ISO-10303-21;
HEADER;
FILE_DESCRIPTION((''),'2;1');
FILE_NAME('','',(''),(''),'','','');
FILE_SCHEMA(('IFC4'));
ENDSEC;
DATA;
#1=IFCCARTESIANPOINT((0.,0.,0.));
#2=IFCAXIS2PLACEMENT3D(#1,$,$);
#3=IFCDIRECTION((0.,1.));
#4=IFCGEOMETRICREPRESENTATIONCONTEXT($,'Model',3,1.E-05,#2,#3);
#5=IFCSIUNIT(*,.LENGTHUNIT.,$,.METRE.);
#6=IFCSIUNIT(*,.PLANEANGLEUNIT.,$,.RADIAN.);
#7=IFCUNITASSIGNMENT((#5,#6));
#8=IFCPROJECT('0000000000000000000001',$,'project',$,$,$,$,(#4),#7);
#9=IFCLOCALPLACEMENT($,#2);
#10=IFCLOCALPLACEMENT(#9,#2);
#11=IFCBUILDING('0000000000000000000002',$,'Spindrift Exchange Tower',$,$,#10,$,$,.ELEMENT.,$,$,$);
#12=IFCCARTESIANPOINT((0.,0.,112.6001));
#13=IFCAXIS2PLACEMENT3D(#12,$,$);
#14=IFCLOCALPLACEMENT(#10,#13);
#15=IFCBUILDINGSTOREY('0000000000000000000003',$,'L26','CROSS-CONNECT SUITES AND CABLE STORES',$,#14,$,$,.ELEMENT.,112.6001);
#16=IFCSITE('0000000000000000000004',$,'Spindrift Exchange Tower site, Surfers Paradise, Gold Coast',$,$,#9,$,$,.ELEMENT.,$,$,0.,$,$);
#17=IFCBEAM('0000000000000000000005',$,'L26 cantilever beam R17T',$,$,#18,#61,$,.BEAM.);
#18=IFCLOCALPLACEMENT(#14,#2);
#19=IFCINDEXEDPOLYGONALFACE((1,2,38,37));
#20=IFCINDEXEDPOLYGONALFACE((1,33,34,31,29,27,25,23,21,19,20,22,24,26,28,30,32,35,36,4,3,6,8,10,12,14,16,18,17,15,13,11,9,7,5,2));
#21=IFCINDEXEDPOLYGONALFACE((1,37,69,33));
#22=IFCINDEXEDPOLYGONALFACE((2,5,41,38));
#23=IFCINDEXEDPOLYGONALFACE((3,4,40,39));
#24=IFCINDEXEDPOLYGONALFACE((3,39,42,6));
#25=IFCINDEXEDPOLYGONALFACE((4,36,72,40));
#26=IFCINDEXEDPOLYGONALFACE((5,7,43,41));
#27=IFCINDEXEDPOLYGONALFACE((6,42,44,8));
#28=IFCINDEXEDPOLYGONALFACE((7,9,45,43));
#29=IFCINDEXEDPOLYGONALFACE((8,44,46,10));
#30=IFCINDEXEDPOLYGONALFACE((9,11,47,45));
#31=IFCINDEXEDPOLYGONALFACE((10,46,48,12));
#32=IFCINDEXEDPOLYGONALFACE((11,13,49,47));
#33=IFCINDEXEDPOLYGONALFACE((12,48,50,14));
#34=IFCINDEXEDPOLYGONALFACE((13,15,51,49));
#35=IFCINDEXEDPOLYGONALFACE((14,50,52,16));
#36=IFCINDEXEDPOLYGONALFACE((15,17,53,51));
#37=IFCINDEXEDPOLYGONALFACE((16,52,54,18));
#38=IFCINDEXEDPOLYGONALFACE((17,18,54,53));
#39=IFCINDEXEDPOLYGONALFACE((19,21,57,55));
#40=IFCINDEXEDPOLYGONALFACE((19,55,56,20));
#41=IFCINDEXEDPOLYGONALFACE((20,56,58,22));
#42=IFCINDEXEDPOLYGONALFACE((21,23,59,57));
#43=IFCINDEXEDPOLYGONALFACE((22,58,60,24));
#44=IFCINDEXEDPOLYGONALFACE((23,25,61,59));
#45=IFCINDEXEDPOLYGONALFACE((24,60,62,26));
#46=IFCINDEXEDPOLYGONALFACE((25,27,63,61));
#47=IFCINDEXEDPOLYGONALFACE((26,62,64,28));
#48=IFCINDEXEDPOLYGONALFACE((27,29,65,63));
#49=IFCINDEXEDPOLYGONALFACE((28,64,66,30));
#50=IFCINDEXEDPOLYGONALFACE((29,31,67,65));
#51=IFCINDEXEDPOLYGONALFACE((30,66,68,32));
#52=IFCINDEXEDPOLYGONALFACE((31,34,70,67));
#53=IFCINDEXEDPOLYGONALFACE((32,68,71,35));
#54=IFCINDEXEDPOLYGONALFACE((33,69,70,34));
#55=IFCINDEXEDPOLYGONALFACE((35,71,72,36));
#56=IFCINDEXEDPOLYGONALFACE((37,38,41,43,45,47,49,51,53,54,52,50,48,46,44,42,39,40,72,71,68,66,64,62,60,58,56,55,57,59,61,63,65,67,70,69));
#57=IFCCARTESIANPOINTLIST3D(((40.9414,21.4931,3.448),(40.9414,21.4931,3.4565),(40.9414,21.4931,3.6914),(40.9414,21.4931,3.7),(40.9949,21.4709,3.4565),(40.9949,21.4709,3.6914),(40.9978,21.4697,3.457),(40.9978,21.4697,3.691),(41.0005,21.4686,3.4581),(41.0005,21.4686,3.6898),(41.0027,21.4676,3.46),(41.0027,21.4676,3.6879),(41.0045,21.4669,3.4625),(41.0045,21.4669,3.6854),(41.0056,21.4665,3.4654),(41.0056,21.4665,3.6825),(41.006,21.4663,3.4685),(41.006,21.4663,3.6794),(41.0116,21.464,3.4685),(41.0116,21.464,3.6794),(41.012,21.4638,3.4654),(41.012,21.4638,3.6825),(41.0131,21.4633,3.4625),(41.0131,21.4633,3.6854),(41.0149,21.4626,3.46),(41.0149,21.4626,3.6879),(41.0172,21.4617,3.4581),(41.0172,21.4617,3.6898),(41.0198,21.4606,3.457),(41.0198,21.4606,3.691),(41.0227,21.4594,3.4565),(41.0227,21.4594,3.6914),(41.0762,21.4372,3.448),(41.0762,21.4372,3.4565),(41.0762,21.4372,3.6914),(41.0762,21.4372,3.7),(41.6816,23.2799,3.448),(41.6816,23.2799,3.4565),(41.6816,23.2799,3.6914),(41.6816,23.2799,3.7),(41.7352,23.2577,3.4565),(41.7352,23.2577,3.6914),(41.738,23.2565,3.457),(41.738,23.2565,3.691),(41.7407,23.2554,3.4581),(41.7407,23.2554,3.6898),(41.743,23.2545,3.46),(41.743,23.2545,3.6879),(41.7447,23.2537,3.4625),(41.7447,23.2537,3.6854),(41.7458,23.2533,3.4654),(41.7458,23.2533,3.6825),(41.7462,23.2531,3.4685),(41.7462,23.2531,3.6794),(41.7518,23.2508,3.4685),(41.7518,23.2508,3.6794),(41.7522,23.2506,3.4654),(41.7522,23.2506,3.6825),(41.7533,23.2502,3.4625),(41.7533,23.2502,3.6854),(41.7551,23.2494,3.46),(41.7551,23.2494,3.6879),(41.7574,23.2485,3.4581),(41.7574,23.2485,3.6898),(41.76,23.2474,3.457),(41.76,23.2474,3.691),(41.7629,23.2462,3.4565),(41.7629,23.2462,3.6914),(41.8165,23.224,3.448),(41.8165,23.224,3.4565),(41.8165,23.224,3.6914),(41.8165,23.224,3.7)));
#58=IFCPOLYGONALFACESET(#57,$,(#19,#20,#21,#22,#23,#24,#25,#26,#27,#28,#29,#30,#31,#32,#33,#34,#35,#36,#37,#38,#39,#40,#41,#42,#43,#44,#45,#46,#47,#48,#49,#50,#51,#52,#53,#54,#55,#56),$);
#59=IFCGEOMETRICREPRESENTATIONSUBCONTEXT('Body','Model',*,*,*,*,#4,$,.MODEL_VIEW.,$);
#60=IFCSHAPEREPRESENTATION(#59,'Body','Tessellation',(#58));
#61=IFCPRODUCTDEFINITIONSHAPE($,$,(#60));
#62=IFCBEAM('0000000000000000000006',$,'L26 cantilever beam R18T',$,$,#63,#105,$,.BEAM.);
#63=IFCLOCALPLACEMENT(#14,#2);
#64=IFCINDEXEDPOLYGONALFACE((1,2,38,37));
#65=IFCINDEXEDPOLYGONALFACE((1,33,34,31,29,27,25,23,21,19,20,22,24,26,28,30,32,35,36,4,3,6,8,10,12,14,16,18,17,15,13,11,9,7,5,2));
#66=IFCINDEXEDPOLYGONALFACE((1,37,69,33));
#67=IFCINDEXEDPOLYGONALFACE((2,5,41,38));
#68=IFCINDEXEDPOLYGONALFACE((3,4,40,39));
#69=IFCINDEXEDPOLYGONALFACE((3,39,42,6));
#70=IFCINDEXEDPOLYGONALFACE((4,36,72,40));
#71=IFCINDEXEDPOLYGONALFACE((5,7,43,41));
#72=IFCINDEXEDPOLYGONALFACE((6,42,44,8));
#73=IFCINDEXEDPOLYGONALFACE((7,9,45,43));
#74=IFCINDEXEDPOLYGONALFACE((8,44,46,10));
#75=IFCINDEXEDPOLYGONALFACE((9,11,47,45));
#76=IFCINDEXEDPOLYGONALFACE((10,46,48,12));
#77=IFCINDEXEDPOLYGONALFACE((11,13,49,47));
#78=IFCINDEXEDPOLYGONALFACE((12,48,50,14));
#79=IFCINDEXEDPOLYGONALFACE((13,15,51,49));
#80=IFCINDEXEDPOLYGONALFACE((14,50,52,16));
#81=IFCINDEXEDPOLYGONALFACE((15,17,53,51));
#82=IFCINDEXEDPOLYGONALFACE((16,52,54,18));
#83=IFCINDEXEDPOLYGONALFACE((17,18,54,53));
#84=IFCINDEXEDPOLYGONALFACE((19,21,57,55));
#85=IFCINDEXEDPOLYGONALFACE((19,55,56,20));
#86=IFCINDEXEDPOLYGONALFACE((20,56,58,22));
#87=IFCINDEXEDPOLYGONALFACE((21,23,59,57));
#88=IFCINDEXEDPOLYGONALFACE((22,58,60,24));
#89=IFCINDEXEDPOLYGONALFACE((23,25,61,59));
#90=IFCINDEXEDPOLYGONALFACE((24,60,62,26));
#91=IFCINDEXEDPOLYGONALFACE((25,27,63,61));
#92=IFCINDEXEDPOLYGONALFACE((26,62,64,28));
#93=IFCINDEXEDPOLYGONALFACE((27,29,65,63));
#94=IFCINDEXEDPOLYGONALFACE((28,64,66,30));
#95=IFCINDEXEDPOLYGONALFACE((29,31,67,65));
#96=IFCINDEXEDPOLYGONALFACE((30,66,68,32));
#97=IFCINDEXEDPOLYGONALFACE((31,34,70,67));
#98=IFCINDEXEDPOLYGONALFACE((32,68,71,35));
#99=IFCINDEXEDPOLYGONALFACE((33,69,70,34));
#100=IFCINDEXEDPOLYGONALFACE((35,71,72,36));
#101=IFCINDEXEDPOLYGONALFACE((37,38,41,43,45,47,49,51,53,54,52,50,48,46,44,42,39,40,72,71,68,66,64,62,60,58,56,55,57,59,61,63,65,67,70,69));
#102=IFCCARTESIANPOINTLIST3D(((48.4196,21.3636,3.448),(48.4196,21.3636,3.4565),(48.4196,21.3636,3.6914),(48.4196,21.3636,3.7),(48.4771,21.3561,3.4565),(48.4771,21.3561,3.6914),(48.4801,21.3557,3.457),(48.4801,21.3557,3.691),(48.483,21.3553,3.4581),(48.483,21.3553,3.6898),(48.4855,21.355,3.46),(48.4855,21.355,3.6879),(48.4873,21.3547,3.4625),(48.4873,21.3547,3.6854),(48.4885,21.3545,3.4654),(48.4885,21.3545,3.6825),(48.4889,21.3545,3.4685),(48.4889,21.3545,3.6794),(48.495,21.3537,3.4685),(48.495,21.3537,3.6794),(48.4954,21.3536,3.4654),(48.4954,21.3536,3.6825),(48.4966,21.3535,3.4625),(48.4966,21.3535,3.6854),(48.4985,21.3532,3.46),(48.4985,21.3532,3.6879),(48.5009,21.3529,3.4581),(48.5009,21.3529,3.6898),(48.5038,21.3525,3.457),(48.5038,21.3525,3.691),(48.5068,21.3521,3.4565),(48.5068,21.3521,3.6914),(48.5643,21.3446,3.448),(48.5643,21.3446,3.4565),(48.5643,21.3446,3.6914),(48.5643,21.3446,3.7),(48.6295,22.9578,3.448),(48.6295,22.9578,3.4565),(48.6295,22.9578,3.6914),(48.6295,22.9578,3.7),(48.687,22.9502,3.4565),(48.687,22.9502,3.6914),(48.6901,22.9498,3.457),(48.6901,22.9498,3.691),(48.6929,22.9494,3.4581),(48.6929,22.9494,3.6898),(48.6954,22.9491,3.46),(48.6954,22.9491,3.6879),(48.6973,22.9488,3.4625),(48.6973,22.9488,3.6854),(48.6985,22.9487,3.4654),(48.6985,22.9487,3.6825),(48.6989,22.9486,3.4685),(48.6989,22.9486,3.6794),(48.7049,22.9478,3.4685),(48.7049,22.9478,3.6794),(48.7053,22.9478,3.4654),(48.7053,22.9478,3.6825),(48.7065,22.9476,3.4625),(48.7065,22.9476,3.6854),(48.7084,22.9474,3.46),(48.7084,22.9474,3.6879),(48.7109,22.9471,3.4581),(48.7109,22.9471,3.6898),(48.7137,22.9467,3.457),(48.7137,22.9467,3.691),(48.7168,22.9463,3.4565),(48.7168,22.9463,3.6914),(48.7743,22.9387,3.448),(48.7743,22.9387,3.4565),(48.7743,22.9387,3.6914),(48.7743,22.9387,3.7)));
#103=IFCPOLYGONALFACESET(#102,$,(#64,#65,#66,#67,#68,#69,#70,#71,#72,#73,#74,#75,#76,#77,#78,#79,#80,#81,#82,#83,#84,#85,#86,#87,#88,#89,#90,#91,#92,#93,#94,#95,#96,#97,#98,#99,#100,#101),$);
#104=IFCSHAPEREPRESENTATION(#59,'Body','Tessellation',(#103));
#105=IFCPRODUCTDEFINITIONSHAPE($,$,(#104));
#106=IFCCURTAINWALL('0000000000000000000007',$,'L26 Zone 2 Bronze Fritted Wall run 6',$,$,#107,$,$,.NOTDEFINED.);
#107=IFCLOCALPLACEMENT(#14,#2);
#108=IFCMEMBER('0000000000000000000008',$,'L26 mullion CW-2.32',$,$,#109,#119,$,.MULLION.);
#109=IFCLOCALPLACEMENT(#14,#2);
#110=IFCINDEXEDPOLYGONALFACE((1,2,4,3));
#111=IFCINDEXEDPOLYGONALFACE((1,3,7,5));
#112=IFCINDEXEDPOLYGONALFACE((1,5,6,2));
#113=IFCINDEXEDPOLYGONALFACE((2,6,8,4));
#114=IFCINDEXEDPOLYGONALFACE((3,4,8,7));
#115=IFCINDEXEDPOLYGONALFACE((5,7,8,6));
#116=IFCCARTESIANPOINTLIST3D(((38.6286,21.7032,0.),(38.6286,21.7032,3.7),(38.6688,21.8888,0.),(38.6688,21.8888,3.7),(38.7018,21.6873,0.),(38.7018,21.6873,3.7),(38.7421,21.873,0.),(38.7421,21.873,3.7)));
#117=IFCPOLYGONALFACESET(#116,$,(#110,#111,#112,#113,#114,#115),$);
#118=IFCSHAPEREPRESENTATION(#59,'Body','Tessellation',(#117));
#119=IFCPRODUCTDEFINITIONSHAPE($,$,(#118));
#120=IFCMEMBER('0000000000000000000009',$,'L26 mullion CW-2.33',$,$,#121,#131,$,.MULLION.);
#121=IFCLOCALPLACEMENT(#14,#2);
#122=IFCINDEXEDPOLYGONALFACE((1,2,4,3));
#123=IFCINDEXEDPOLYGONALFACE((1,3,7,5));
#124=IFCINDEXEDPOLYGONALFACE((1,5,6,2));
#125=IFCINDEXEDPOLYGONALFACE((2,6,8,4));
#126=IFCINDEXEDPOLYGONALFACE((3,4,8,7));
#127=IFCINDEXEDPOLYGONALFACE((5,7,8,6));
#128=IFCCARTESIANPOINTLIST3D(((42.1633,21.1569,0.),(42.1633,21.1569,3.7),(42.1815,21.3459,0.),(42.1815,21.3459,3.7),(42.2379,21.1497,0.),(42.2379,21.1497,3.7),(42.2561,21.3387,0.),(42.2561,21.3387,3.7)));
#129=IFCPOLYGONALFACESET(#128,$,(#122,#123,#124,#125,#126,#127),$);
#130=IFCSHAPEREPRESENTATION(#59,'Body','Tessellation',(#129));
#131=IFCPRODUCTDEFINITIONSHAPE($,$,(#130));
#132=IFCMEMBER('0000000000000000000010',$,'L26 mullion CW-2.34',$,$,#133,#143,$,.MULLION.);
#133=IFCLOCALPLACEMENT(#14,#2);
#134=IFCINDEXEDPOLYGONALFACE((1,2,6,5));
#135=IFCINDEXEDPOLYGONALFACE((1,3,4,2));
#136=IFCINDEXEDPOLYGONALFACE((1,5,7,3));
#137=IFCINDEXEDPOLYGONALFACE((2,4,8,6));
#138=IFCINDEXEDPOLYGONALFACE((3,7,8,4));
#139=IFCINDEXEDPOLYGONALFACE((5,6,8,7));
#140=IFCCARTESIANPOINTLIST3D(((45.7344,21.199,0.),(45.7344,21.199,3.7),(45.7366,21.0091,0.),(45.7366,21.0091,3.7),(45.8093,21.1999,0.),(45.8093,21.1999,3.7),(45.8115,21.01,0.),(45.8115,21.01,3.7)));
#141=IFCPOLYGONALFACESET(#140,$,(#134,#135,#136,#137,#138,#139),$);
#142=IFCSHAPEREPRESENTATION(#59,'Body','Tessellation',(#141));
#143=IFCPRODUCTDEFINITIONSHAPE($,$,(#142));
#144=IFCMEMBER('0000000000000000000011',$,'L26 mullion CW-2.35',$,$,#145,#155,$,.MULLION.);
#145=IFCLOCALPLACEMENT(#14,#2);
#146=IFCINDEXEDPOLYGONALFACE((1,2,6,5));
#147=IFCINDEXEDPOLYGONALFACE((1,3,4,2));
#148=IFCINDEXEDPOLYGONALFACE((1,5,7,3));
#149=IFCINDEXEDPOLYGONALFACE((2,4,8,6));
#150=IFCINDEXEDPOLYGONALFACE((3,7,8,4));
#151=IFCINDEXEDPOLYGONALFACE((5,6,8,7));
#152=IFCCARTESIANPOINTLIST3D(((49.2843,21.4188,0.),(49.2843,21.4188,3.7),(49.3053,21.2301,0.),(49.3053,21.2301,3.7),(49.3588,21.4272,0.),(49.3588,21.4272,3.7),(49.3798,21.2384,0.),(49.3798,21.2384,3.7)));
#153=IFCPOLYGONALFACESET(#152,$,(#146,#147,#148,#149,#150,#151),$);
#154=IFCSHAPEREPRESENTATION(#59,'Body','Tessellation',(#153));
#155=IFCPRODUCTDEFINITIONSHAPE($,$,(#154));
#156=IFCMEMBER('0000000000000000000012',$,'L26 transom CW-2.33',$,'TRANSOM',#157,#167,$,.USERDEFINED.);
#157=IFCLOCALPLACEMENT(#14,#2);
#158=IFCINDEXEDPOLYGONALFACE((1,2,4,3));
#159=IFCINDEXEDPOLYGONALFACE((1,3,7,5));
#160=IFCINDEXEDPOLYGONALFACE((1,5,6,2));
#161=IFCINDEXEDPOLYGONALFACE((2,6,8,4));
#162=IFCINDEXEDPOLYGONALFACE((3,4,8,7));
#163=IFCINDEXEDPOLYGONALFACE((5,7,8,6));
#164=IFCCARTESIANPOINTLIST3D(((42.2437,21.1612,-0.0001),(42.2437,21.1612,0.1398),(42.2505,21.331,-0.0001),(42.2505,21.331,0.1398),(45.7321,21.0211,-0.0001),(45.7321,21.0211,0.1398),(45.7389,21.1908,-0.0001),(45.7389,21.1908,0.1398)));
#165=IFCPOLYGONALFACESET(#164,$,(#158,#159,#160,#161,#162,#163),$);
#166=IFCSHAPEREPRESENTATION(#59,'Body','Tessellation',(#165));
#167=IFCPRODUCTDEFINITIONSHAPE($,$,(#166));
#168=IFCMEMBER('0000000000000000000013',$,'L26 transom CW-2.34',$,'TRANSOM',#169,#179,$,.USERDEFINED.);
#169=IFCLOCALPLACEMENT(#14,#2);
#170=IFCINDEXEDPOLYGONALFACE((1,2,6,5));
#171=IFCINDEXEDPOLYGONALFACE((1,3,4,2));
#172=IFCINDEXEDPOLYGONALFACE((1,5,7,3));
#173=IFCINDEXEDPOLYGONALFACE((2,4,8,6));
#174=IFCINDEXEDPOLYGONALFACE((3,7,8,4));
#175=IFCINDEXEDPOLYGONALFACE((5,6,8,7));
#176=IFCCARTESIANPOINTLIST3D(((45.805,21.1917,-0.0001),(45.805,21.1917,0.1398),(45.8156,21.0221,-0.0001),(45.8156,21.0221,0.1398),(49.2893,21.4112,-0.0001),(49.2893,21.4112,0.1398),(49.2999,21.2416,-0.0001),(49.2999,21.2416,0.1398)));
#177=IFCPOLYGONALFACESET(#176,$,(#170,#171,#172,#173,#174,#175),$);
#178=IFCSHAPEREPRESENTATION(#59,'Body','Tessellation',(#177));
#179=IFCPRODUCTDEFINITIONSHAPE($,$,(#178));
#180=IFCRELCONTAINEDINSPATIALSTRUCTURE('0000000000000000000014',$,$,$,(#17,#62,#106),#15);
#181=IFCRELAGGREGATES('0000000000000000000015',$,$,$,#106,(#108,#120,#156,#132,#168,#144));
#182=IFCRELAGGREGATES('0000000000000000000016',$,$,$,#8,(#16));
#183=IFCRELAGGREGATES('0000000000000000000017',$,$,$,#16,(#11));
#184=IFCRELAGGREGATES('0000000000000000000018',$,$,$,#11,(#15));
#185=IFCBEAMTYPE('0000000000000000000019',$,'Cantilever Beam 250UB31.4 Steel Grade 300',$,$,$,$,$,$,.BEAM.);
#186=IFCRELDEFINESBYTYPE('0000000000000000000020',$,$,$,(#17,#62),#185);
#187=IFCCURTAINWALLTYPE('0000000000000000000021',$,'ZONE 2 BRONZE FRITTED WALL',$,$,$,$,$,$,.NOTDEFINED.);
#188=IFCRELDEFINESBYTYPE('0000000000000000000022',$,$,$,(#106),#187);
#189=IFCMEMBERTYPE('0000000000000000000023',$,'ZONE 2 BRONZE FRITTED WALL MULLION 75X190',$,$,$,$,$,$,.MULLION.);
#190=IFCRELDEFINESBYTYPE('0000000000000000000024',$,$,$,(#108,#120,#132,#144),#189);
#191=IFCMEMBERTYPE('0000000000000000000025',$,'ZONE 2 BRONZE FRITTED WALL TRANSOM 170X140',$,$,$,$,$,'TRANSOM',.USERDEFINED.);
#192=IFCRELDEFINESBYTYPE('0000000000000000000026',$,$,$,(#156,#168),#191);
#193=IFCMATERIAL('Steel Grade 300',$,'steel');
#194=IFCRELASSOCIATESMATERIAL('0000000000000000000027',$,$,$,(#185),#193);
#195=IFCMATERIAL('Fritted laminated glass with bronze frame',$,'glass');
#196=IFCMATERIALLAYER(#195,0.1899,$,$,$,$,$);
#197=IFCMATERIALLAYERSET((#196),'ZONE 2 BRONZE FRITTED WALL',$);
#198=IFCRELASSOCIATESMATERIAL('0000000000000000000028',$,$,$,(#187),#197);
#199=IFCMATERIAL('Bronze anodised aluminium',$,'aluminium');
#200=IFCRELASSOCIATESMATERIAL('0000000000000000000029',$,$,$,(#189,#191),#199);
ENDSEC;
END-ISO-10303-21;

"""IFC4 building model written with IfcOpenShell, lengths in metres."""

from ifc_helpers import new_model, si_unit, direction, frame, origin, origin_2d, place, context, subcontext, project, spatial, rectangle, i_section, extrude, source, transform, mapped, material, layer, layer_set, material_profile, profile_set, type_object, element, aggregate, save


model = new_model("IFC4")

# Units and contexts
model_context = context("Model", 3, precision=1e-05, world=origin(), true_north=direction((0.0, 1.0)))
body_context = subcontext(model_context, "Body", "Model", "MODEL_VIEW")
ifc_project = project(units=[si_unit("LENGTHUNIT", "METRE"), si_unit("PLANEANGLEUNIT", "RADIAN")], contexts=[model_context])

# Site, building, storey
site_placement = place(None, origin())
site = spatial("IfcSite", under=ifc_project, at=site_placement, Name="Spindrift Exchange Tower site, Surfers Paradise, Gold Coast", CompositionType="ELEMENT", RefElevation=0.0)
building_placement = place(site_placement, origin())
building = spatial("IfcBuilding", under=site, at=building_placement, Name="Spindrift Exchange Tower", CompositionType="ELEMENT")
storey_placement = place(building_placement, frame((0.0, 0.0, 112.6001)))
storey = spatial("IfcBuildingStorey", under=building, at=storey_placement, Name="L26", Description="CROSS-CONNECT SUITES AND CABLE STORES", CompositionType="ELEMENT", Elevation=112.6001)

# Beams
ifc_material_1 = material(Name="Steel Grade 300", Category="steel")
ifc_material_profile_1 = material_profile(ifc_material_1, i_section(OverallWidth=0.146, OverallDepth=0.252, WebThickness=0.0061, FlangeThickness=0.0085, FilletRadius=0.012, at=origin_2d()), Name="250UB31.4")
ifc_profile_set_1 = profile_set([ifc_material_profile_1], Name="Steel Grade 300")
beam_type_1 = type_object("IfcBeamType", Name="Cantilever Beam 250UB31.4 Steel Grade 300", PredefinedType="BEAM", material=ifc_profile_set_1)
shared_shape_1 = source(origin(), body_context, "Body", "SweptSolid", [
    extrude(i_section(OverallWidth=0.146, OverallDepth=0.252, WebThickness=0.0061, FlangeThickness=0.0085, FilletRadius=0.012, at=origin_2d()), origin(), (0.0, 0.0, 1.0), 1.9341),
])
beam_1_placement = place(storey_placement, frame((41.749, 23.252, 3.574), z_axis=(-0.382723, -0.923863, 0.0), x_axis=(0.923863, -0.382723, 0.0)))
element("IfcBeam", 1, at=beam_1_placement, inside=storey, type_object=beam_type_1, Name="L26 cantilever beam R17T", PredefinedType="BEAM", context=body_context, shape_type="MappedRepresentation", body=[
    mapped(shared_shape_1, transform((0.0, 0.0, 0.0), scale=1.0)),
])
shared_shape_2 = source(origin(), body_context, "Body", "SweptSolid", [
    extrude(i_section(OverallWidth=0.146, OverallDepth=0.252, WebThickness=0.0061, FlangeThickness=0.0085, FilletRadius=0.012, at=origin_2d()), origin(), (0.0, 0.0, 1.0), 1.6079),
])
beam_2_placement = place(storey_placement, frame((48.7019, 22.9482, 3.574), z_axis=(-0.130572, -0.991439, 0.0), x_axis=(0.991439, -0.130572, 0.0)))
element("IfcBeam", 2, at=beam_2_placement, inside=storey, type_object=beam_type_1, Name="L26 cantilever beam R18T", PredefinedType="BEAM", context=body_context, shape_type="MappedRepresentation", body=[
    mapped(shared_shape_2, transform((0.0, 0.0, 0.0), scale=1.0)),
])

# Curtain wall, members
ifc_material_2 = material(Name="Fritted laminated glass with bronze frame", Category="glass")
ifc_layer_1 = layer(ifc_material_2, 0.1899)
ifc_layer_set_1 = layer_set([ifc_layer_1], Name="ZONE 2 BRONZE FRITTED WALL")
curtain_wall_type = type_object("IfcCurtainWallType", Name="ZONE 2 BRONZE FRITTED WALL", PredefinedType="NOTDEFINED", material=ifc_layer_set_1)
curtain_wall_placement = place(storey_placement, origin())
curtain_wall = element("IfcCurtainWall", 3, at=curtain_wall_placement, inside=storey, type_object=curtain_wall_type, Name="L26 Zone 2 Bronze Fritted Wall run 6", PredefinedType="NOTDEFINED")
ifc_material_3 = material(Name="Bronze anodised aluminium", Category="aluminium")
ifc_material_profile_2 = material_profile(ifc_material_3, rectangle(XDim=0.075, YDim=0.1899, at=origin_2d()), Name="ZONE 2 BRONZE FRITTED WALL MULLION 75X190")
ifc_profile_set_2 = profile_set([ifc_material_profile_2], Name="Bronze anodised aluminium")
member_type_1 = type_object("IfcMemberType", Name="ZONE 2 BRONZE FRITTED WALL MULLION 75X190", PredefinedType="MULLION", material=ifc_profile_set_2)
shared_shape_3 = source(origin(), body_context, "Body", "SweptSolid", [
    extrude(rectangle(XDim=0.075, YDim=0.1899, at=origin_2d()), origin(), (0.0, 0.0, 1.0), 3.7),
])
member_1_placement = place(storey_placement, frame((38.6853, 21.7881, 0.0), z_axis=(0.0, 0.0, 1.0), x_axis=(0.977294, -0.211889, 0.0)))
member_1 = element("IfcMember", 4, at=member_1_placement, type_object=member_type_1, Name="L26 mullion CW-2.32", PredefinedType="MULLION", context=body_context, shape_type="MappedRepresentation", body=[
    mapped(shared_shape_3, transform((0.0, 0.0, 0.0), scale=1.0)),
])
member_2_placement = place(storey_placement, frame((42.2097, 21.2478, 0.0), z_axis=(0.0, 0.0, 1.0), x_axis=(0.995382, -0.095993, 0.0)))
member_2 = element("IfcMember", 5, at=member_2_placement, type_object=member_type_1, Name="L26 mullion CW-2.33", PredefinedType="MULLION", context=body_context, shape_type="MappedRepresentation", body=[
    mapped(shared_shape_3, transform((0.0, 0.0, 0.0), scale=1.0)),
])
member_3_placement = place(storey_placement, frame((45.7729, 21.1045, 0.0), z_axis=(0.0, 0.0, 1.0), x_axis=(0.999935, 0.011371, 0.0)))
member_3 = element("IfcMember", 6, at=member_3_placement, type_object=member_type_1, Name="L26 mullion CW-2.34", PredefinedType="MULLION", context=body_context, shape_type="MappedRepresentation", body=[
    mapped(shared_shape_3, transform((0.0, 0.0, 0.0), scale=1.0)),
])
member_4_placement = place(storey_placement, frame((49.332, 21.3286, 0.0), z_axis=(0.0, 0.0, 1.0), x_axis=(0.993841, 0.110814, 0.0)))
member_4 = element("IfcMember", 7, at=member_4_placement, type_object=member_type_1, Name="L26 mullion CW-2.35", PredefinedType="MULLION", context=body_context, shape_type="MappedRepresentation", body=[
    mapped(shared_shape_3, transform((0.0, 0.0, 0.0), scale=1.0)),
])
ifc_material_profile_3 = material_profile(ifc_material_3, rectangle(XDim=0.1699, YDim=0.1399, at=origin_2d()), Name="ZONE 2 BRONZE FRITTED WALL TRANSOM 170X140")
ifc_profile_set_3 = profile_set([ifc_material_profile_3], Name="Bronze anodised aluminium")
member_type_2 = type_object("IfcMemberType", Name="ZONE 2 BRONZE FRITTED WALL TRANSOM 170X140", ElementType="TRANSOM", PredefinedType="USERDEFINED", material=ifc_profile_set_3)
shared_shape_4 = source(origin(), body_context, "Body", "SweptSolid", [
    extrude(rectangle(XDim=0.1699, YDim=0.1399, at=origin_2d()), origin(), (0.0, 0.0, 1.0), 3.4912),
])
member_5_placement = place(storey_placement, frame((42.2471, 21.2461, 0.0698), z_axis=(0.999194, -0.040141, 0.0), x_axis=(0.040141, 0.999194, 0.0)))
member_5 = element("IfcMember", 8, at=member_5_placement, type_object=member_type_2, Name="L26 transom CW-2.33", ObjectType="TRANSOM", PredefinedType="USERDEFINED", context=body_context, shape_type="MappedRepresentation", body=[
    mapped(shared_shape_4, transform((0.0, 0.0, 0.0), scale=1.0)),
])
member_6_placement = place(storey_placement, frame((45.8103, 21.1069, 0.0698), z_axis=(0.998022, 0.062866, 0.0), x_axis=(-0.062866, 0.998022, 0.0)))
member_6 = element("IfcMember", 9, at=member_6_placement, type_object=member_type_2, Name="L26 transom CW-2.34", ObjectType="TRANSOM", PredefinedType="USERDEFINED", context=body_context, shape_type="MappedRepresentation", body=[
    mapped(shared_shape_4, transform((0.0, 0.0, 0.0), scale=1.0)),
])
aggregate(curtain_wall, [member_1, member_2, member_5, member_3, member_6, member_4])

save(model, "model.ifc")
